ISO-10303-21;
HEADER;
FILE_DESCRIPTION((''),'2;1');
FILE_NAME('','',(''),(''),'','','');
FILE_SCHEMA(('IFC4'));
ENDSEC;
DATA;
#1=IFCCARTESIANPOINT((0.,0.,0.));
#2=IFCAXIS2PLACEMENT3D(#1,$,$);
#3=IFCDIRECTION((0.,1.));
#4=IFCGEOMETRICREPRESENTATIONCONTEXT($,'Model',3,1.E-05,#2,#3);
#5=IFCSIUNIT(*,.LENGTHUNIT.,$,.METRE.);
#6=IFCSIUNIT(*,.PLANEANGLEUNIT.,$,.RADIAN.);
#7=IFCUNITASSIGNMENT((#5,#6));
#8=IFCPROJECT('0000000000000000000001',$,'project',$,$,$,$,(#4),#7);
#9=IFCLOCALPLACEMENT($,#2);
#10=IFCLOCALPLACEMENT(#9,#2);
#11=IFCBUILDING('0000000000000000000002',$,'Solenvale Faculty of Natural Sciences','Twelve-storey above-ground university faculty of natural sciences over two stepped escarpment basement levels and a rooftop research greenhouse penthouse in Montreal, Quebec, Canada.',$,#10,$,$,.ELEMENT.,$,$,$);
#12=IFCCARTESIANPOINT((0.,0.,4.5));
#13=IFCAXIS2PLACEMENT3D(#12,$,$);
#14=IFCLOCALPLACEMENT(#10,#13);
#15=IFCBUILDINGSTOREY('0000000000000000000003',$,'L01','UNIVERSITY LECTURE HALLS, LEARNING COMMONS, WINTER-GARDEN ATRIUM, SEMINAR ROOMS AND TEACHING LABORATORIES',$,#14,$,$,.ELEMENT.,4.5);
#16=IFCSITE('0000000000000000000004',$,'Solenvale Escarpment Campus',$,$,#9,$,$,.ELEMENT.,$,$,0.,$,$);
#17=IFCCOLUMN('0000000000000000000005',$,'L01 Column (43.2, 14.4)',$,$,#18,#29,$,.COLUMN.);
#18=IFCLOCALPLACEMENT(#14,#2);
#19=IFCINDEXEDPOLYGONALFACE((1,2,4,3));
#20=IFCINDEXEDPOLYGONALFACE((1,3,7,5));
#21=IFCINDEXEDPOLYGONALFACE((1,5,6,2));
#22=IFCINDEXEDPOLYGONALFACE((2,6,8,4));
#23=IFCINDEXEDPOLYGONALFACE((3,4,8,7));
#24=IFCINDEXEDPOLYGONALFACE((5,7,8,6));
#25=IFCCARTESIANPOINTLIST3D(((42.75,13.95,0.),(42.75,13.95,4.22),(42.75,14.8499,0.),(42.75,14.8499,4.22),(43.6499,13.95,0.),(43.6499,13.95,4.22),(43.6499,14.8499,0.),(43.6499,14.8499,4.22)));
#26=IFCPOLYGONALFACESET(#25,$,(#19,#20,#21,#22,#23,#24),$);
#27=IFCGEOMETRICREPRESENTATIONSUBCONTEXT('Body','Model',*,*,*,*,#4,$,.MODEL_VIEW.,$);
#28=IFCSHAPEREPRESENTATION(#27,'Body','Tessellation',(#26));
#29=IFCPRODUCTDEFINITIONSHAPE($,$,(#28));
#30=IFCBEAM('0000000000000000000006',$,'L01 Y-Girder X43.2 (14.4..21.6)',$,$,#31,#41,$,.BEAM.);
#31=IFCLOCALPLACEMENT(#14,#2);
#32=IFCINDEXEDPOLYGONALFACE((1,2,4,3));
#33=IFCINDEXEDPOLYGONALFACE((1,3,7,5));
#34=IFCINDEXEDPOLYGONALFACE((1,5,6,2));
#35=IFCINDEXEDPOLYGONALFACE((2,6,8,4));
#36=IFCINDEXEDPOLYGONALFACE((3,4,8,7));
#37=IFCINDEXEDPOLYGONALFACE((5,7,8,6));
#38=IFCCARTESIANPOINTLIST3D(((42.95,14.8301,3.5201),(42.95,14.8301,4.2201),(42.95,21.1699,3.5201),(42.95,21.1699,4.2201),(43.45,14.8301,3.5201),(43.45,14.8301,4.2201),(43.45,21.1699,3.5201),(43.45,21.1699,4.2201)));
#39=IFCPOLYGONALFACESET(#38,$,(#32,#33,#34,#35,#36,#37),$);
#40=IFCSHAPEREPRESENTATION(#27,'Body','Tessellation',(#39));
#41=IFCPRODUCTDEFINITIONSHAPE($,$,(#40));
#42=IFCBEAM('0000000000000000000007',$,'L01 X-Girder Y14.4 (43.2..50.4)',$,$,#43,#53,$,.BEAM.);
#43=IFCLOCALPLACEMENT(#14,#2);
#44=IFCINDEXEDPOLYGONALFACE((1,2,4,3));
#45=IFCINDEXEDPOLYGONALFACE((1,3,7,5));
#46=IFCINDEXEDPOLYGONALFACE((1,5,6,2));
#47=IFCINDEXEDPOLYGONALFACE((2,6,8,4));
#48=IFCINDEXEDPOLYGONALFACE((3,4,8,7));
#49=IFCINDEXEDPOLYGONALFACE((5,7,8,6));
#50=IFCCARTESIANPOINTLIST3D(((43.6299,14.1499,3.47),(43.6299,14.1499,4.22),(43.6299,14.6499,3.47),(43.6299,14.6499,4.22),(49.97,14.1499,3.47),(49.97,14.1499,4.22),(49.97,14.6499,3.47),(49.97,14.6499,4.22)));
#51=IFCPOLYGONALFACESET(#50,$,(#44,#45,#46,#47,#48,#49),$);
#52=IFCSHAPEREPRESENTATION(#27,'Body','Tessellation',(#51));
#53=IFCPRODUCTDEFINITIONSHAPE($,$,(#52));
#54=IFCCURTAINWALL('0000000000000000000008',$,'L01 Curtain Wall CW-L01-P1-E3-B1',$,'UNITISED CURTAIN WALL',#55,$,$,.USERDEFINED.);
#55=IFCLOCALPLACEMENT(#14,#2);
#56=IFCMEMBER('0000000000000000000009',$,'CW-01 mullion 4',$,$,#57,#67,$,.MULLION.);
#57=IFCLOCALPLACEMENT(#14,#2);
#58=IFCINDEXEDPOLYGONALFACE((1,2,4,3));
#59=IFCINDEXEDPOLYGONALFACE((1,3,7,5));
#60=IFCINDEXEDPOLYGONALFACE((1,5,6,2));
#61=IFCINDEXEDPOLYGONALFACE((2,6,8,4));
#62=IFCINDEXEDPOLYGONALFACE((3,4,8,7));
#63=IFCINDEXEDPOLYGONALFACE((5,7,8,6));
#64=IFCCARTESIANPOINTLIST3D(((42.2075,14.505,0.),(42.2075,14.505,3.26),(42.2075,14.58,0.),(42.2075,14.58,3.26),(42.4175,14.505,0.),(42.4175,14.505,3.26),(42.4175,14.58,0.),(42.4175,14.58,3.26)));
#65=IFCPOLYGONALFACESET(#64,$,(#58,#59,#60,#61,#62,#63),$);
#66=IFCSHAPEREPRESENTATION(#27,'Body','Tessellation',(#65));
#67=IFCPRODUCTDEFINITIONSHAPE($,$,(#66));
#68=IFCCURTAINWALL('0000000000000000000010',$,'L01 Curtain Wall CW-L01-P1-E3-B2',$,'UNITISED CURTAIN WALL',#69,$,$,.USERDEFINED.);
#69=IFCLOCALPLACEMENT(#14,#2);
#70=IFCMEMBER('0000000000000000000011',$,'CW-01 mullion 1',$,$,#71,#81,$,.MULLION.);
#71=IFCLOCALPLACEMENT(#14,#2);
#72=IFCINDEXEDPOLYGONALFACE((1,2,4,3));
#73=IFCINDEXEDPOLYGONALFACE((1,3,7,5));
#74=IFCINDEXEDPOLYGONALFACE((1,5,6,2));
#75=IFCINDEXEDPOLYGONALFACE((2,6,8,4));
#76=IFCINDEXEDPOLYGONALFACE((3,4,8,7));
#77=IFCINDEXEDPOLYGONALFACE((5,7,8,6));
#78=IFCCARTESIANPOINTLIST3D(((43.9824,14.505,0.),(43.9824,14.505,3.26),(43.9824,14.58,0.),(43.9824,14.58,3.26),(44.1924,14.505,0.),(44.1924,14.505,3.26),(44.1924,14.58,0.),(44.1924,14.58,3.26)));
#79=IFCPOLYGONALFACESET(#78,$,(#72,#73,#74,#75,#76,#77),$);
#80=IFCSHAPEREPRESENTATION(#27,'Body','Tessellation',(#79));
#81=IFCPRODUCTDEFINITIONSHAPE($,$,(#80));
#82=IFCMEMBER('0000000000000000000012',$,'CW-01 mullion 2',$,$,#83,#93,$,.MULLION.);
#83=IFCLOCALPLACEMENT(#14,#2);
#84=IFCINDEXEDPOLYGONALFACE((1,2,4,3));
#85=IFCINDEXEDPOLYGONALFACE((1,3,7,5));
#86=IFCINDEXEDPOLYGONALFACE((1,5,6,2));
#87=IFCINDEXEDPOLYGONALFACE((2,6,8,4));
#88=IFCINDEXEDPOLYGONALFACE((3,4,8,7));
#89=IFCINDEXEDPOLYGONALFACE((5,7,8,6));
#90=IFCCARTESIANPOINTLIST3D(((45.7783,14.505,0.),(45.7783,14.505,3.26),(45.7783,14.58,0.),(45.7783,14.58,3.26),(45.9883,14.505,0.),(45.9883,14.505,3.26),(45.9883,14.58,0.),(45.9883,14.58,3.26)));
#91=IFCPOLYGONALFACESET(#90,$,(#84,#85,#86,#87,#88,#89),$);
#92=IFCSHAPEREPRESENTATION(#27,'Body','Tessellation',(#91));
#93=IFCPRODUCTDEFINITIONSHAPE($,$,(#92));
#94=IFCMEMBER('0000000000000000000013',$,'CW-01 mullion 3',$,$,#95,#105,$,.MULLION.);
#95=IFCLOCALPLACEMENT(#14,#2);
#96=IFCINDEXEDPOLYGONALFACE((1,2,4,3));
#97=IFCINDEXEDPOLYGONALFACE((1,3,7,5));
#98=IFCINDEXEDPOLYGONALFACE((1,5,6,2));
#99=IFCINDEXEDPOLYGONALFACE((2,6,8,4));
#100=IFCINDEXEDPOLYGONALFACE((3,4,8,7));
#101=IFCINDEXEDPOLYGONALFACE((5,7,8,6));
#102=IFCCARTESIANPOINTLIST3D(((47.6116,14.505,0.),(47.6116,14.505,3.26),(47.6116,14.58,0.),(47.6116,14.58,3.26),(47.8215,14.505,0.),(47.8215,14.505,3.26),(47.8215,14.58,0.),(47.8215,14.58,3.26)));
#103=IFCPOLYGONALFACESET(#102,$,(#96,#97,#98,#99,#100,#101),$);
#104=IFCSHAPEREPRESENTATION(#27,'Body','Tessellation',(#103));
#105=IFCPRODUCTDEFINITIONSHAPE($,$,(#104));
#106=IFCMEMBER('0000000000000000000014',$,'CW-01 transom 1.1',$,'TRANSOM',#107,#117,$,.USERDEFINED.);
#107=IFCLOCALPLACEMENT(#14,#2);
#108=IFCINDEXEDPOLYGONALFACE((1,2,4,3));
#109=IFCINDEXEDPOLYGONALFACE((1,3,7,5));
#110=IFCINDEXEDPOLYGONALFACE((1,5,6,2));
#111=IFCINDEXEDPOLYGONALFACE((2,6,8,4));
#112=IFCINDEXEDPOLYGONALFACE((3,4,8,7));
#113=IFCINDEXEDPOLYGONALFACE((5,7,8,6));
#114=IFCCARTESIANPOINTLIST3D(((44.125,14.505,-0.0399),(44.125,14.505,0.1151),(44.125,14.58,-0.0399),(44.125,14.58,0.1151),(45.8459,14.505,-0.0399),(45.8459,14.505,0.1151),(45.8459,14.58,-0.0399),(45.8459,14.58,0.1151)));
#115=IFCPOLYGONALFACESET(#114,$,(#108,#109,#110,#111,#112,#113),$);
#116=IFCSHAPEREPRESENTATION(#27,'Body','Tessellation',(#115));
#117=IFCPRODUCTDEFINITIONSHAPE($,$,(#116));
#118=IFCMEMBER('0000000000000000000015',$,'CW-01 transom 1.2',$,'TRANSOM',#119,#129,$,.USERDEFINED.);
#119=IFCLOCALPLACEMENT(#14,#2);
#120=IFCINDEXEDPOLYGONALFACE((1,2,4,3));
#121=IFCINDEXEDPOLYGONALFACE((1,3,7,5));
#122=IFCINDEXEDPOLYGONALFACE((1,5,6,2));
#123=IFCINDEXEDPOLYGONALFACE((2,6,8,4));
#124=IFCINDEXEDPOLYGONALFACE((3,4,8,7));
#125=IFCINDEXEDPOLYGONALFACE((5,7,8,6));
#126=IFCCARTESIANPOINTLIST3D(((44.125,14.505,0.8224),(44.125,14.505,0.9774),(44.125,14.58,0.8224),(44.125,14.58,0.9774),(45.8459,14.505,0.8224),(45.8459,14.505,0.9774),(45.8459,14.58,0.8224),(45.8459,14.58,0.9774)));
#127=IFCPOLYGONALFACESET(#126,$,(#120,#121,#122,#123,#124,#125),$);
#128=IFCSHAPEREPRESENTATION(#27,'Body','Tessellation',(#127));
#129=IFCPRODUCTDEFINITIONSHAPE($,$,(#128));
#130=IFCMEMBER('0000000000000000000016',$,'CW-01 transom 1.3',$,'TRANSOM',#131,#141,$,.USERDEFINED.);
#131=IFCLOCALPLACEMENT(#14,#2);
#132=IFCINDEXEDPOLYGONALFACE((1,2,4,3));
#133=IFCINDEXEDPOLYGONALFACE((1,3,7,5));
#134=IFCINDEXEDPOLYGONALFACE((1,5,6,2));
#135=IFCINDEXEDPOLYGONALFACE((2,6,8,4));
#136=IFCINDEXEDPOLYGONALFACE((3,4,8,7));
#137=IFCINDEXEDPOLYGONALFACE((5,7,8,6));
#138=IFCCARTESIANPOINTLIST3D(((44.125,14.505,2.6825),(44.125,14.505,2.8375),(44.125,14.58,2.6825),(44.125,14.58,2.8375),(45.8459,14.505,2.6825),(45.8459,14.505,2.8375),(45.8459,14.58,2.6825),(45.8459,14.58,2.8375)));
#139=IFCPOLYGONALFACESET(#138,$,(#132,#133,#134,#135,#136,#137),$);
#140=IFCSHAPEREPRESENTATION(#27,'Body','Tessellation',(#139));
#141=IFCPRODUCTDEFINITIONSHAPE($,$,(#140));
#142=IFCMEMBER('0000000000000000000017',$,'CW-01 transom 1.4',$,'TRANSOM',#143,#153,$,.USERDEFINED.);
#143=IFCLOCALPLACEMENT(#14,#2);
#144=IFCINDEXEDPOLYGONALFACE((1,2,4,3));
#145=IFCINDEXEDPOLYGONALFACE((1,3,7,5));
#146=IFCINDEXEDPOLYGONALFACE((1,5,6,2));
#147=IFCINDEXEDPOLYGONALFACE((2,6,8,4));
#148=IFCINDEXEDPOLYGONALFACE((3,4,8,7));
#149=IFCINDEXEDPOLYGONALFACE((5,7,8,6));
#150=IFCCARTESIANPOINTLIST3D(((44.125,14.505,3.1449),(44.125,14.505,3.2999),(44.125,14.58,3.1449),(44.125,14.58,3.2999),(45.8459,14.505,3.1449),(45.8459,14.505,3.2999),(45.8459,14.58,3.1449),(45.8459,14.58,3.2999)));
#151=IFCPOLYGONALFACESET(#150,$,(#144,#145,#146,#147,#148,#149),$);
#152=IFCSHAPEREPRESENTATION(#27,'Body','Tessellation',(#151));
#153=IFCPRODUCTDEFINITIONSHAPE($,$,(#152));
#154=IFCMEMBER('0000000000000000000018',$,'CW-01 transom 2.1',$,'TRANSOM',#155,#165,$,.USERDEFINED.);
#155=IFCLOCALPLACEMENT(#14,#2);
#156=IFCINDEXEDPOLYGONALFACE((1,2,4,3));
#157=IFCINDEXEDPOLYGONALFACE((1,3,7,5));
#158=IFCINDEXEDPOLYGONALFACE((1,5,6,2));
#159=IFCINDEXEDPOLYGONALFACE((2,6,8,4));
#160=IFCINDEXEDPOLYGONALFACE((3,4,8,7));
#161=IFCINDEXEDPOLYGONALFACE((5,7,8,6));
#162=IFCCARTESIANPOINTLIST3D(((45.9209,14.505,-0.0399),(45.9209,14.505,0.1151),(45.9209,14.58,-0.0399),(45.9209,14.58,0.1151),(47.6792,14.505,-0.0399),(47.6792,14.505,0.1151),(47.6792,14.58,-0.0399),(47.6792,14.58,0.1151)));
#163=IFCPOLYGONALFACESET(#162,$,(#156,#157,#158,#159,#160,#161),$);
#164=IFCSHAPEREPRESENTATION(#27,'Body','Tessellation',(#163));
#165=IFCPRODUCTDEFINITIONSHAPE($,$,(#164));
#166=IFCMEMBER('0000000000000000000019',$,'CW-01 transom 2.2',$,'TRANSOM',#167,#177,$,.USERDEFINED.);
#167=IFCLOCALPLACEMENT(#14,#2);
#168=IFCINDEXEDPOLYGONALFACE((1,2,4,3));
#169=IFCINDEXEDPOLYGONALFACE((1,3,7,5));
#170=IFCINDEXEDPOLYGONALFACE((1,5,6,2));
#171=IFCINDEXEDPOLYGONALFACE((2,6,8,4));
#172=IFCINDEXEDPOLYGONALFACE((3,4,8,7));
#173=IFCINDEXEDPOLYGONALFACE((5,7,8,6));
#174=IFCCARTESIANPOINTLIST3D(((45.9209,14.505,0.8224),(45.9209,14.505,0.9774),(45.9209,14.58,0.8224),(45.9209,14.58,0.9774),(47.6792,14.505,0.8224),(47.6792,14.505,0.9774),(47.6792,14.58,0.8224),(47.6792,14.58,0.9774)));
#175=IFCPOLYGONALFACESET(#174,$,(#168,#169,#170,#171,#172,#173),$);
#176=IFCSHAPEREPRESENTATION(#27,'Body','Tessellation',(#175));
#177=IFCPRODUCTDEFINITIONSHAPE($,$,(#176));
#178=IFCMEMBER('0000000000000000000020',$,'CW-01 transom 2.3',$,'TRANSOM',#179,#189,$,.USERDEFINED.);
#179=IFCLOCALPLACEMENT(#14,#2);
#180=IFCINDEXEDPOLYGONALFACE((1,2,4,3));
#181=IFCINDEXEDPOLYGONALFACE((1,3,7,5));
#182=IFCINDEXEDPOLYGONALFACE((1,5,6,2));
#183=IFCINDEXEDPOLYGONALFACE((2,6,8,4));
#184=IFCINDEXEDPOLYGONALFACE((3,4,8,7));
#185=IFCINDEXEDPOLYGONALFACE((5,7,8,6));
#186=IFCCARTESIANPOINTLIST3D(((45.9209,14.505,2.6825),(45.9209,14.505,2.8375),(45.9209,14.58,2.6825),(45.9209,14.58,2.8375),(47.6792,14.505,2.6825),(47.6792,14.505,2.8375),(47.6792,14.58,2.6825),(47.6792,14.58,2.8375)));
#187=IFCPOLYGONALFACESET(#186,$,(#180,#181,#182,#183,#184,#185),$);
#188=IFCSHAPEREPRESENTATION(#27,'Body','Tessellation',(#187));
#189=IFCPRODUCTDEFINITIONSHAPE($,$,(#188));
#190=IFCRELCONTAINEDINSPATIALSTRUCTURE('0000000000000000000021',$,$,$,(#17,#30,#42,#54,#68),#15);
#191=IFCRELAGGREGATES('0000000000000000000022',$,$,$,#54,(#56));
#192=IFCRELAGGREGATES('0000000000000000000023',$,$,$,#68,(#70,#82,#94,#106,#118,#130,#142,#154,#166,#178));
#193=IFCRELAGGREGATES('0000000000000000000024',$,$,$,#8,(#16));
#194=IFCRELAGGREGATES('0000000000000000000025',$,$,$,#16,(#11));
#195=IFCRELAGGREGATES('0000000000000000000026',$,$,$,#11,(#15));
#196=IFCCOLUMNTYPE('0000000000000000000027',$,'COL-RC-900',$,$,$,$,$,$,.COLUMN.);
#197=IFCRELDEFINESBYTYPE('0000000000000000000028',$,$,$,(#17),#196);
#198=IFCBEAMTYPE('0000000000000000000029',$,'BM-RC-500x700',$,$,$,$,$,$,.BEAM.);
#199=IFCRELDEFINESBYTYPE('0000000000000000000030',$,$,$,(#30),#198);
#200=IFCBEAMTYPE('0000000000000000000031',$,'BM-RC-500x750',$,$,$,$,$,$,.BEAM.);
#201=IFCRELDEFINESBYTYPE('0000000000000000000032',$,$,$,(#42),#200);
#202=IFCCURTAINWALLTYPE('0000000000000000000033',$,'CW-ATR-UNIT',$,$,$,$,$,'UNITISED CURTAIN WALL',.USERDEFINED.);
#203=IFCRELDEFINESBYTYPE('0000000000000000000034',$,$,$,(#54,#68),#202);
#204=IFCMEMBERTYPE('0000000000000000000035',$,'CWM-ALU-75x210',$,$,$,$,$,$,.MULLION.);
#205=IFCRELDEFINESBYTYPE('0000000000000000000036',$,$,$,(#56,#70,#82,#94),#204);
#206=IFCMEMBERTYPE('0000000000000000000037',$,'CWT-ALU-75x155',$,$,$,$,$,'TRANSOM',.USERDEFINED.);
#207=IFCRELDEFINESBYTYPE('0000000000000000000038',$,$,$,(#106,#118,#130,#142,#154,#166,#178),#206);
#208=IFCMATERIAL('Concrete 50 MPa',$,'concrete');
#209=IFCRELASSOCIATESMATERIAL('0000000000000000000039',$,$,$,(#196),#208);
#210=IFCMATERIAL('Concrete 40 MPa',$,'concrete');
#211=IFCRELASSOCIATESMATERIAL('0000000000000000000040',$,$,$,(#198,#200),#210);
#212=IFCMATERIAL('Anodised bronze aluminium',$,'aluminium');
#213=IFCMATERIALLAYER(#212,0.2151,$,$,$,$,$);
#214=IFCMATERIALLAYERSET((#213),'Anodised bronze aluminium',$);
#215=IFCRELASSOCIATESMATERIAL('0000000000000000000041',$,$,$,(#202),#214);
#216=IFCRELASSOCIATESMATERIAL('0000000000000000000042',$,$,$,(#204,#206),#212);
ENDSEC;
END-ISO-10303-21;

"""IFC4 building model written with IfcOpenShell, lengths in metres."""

from ifc_helpers import new_model, si_unit, direction, frame, origin, origin_2d, place, context, subcontext, project, spatial, rectangle, extrude, material, layer, layer_set, material_profile, profile_set, type_object, element, aggregate, save


model = new_model("IFC4")

# Units and contexts
model_context = context("Model", 3, precision=1e-05, world=origin(), true_north=direction((0.0, 1.0)))
body_context = subcontext(model_context, "Body", "Model", "MODEL_VIEW")
ifc_project = project(units=[si_unit("LENGTHUNIT", "METRE"), si_unit("PLANEANGLEUNIT", "RADIAN")], contexts=[model_context])

# Site, building, storey
site_placement = place(None, origin())
site = spatial("IfcSite", under=ifc_project, at=site_placement, Name="Solenvale Escarpment Campus", CompositionType="ELEMENT", RefElevation=0.0)
building_placement = place(site_placement, origin())
building = spatial("IfcBuilding", under=site, at=building_placement, Name="Solenvale Faculty of Natural Sciences", Description="Twelve-storey above-ground university faculty of natural sciences over two stepped escarpment basement levels and a rooftop research greenhouse penthouse in Montreal, Quebec, Canada.", CompositionType="ELEMENT")
storey_placement = place(building_placement, frame((0.0, 0.0, 4.5)))
storey = spatial("IfcBuildingStorey", under=building, at=storey_placement, Name="L01", Description="UNIVERSITY LECTURE HALLS, LEARNING COMMONS, WINTER-GARDEN ATRIUM, SEMINAR ROOMS AND TEACHING LABORATORIES", CompositionType="ELEMENT", Elevation=4.5)

# Column
ifc_material_1 = material(Name="Concrete 50 MPa", Category="concrete")
ifc_material_profile_1 = material_profile(ifc_material_1, rectangle(XDim=0.8999, YDim=0.8999, at=origin_2d()), Name="RC-COL-900x900")
ifc_profile_set_1 = profile_set([ifc_material_profile_1], Name="Concrete 50 MPa")
column_type = type_object("IfcColumnType", Name="COL-RC-900", PredefinedType="COLUMN", material=ifc_profile_set_1)
column_placement = place(storey_placement, frame((43.2, 14.3999, 0.0), z_axis=(0.0, 0.0, 1.0), x_axis=(1.0, 0.0, 0.0)))
element("IfcColumn", 1, at=column_placement, inside=storey, type_object=column_type, Name="L01 Column (43.2, 14.4)", PredefinedType="COLUMN", context=body_context, shape_type="SweptSolid", body=[
    extrude(rectangle(XDim=0.8999, YDim=0.8999, at=origin_2d()), origin(), (0.0, 0.0, 1.0), 4.22),
])

# Beams
ifc_material_2 = material(Name="Concrete 40 MPa", Category="concrete")
ifc_material_profile_2 = material_profile(ifc_material_2, rectangle(XDim=0.5, YDim=0.7, at=origin_2d()), Name="RC-BM-500x700")
ifc_profile_set_2 = profile_set([ifc_material_profile_2], Name="Concrete 40 MPa")
beam_type_1 = type_object("IfcBeamType", Name="BM-RC-500x700", PredefinedType="BEAM", material=ifc_profile_set_2)
beam_1_placement = place(storey_placement, frame((43.2, 14.8301, 3.8701), z_axis=(0.0, 1.0, 0.0), x_axis=(-1.0, 0.0, 0.0)))
element("IfcBeam", 2, at=beam_1_placement, inside=storey, type_object=beam_type_1, Name="L01 Y-Girder X43.2 (14.4..21.6)", PredefinedType="BEAM", context=body_context, shape_type="SweptSolid", body=[
    extrude(rectangle(XDim=0.5, YDim=0.7, at=origin_2d()), origin(), (0.0, 0.0, 1.0), 6.3398),
])
ifc_material_profile_3 = material_profile(ifc_material_2, rectangle(XDim=0.5, YDim=0.75, at=origin_2d()), Name="RC-BM-500x750")
ifc_profile_set_3 = profile_set([ifc_material_profile_3], Name="Concrete 40 MPa")
beam_type_2 = type_object("IfcBeamType", Name="BM-RC-500x750", PredefinedType="BEAM", material=ifc_profile_set_3)
beam_2_placement = place(storey_placement, frame((43.6299, 14.3999, 3.845), z_axis=(1.0, 0.0, 0.0), x_axis=(0.0, 1.0, 0.0)))
element("IfcBeam", 3, at=beam_2_placement, inside=storey, type_object=beam_type_2, Name="L01 X-Girder Y14.4 (43.2..50.4)", PredefinedType="BEAM", context=body_context, shape_type="SweptSolid", body=[
    extrude(rectangle(XDim=0.5, YDim=0.75, at=origin_2d()), origin(), (0.0, 0.0, 1.0), 6.3401),
])

# Curtain wall, member
ifc_material_3 = material(Name="Anodised bronze aluminium", Category="aluminium")
ifc_layer_1 = layer(ifc_material_3, 0.2151)
ifc_layer_set_1 = layer_set([ifc_layer_1], Name="Anodised bronze aluminium")
curtain_wall_type = type_object("IfcCurtainWallType", Name="CW-ATR-UNIT", ElementType="UNITISED CURTAIN WALL", PredefinedType="USERDEFINED", material=ifc_layer_set_1)
curtain_wall_1_placement = place(storey_placement, origin())
curtain_wall_1 = element("IfcCurtainWall", 4, at=curtain_wall_1_placement, inside=storey, type_object=curtain_wall_type, Name="L01 Curtain Wall CW-L01-P1-E3-B1", ObjectType="UNITISED CURTAIN WALL", PredefinedType="USERDEFINED")
ifc_material_profile_4 = material_profile(ifc_material_3, rectangle(XDim=0.075, YDim=0.21, at=origin_2d()), Name="ALU-MUL-75x210")
ifc_profile_set_4 = profile_set([ifc_material_profile_4], Name="Anodised bronze aluminium")
member_type_1 = type_object("IfcMemberType", Name="CWM-ALU-75x210", PredefinedType="MULLION", material=ifc_profile_set_4)
member_1_placement = place(storey_placement, frame((42.3125, 14.5425, 0.0), z_axis=(0.0, 0.0, 1.0), x_axis=(0.0, 1.0, 0.0)))
member_1 = element("IfcMember", 5, at=member_1_placement, type_object=member_type_1, Name="CW-01 mullion 4", PredefinedType="MULLION", context=body_context, shape_type="SweptSolid", body=[
    extrude(rectangle(XDim=0.075, YDim=0.21, at=origin_2d()), origin(), (0.0, 0.0, 1.0), 3.26),
])

# Curtain wall, members
curtain_wall_2_placement = place(storey_placement, origin())
curtain_wall_2 = element("IfcCurtainWall", 6, at=curtain_wall_2_placement, inside=storey, type_object=curtain_wall_type, Name="L01 Curtain Wall CW-L01-P1-E3-B2", ObjectType="UNITISED CURTAIN WALL", PredefinedType="USERDEFINED")
member_2_placement = place(storey_placement, frame((44.0874, 14.5425, 0.0), z_axis=(0.0, 0.0, 1.0), x_axis=(0.0, 1.0, 0.0)))
member_2 = element("IfcMember", 7, at=member_2_placement, type_object=member_type_1, Name="CW-01 mullion 1", PredefinedType="MULLION", context=body_context, shape_type="SweptSolid", body=[
    extrude(rectangle(XDim=0.075, YDim=0.21, at=origin_2d()), origin(), (0.0, 0.0, 1.0), 3.26),
])
member_3_placement = place(storey_placement, frame((45.8833, 14.5425, 0.0), z_axis=(0.0, 0.0, 1.0), x_axis=(0.0, 1.0, 0.0)))
member_3 = element("IfcMember", 8, at=member_3_placement, type_object=member_type_1, Name="CW-01 mullion 2", PredefinedType="MULLION", context=body_context, shape_type="SweptSolid", body=[
    extrude(rectangle(XDim=0.075, YDim=0.21, at=origin_2d()), origin(), (0.0, 0.0, 1.0), 3.26),
])
member_4_placement = place(storey_placement, frame((47.7166, 14.5425, 0.0), z_axis=(0.0, 0.0, 1.0), x_axis=(0.0, 1.0, 0.0)))
member_4 = element("IfcMember", 9, at=member_4_placement, type_object=member_type_1, Name="CW-01 mullion 3", PredefinedType="MULLION", context=body_context, shape_type="SweptSolid", body=[
    extrude(rectangle(XDim=0.075, YDim=0.21, at=origin_2d()), origin(), (0.0, 0.0, 1.0), 3.26),
])
ifc_material_profile_5 = material_profile(ifc_material_3, rectangle(XDim=0.075, YDim=0.155, at=origin_2d()), Name="ALU-TRN-75x155")
ifc_profile_set_5 = profile_set([ifc_material_profile_5], Name="Anodised bronze aluminium")
member_type_2 = type_object("IfcMemberType", Name="CWT-ALU-75x155", ElementType="TRANSOM", PredefinedType="USERDEFINED", material=ifc_profile_set_5)
member_5_placement = place(storey_placement, frame((44.125, 14.5425, 0.0376), z_axis=(1.0, 0.0, 0.0), x_axis=(0.0, 1.0, 0.0)))
member_5 = element("IfcMember", 10, at=member_5_placement, type_object=member_type_2, Name="CW-01 transom 1.1", ObjectType="TRANSOM", PredefinedType="USERDEFINED", context=body_context, shape_type="SweptSolid", body=[
    extrude(rectangle(XDim=0.075, YDim=0.155, at=origin_2d()), origin(), (0.0, 0.0, 1.0), 1.7209),
])
member_6_placement = place(storey_placement, frame((44.125, 14.5425, 0.8999), z_axis=(1.0, 0.0, 0.0), x_axis=(0.0, 1.0, 0.0)))
member_6 = element("IfcMember", 11, at=member_6_placement, type_object=member_type_2, Name="CW-01 transom 1.2", ObjectType="TRANSOM", PredefinedType="USERDEFINED", context=body_context, shape_type="SweptSolid", body=[
    extrude(rectangle(XDim=0.075, YDim=0.155, at=origin_2d()), origin(), (0.0, 0.0, 1.0), 1.7209),
])
member_7_placement = place(storey_placement, frame((44.125, 14.5425, 2.76), z_axis=(1.0, 0.0, 0.0), x_axis=(0.0, 1.0, 0.0)))
member_7 = element("IfcMember", 12, at=member_7_placement, type_object=member_type_2, Name="CW-01 transom 1.3", ObjectType="TRANSOM", PredefinedType="USERDEFINED", context=body_context, shape_type="SweptSolid", body=[
    extrude(rectangle(XDim=0.075, YDim=0.155, at=origin_2d()), origin(), (0.0, 0.0, 1.0), 1.7209),
])
member_8_placement = place(storey_placement, frame((44.125, 14.5425, 3.2224), z_axis=(1.0, 0.0, 0.0), x_axis=(0.0, 1.0, 0.0)))
member_8 = element("IfcMember", 13, at=member_8_placement, type_object=member_type_2, Name="CW-01 transom 1.4", ObjectType="TRANSOM", PredefinedType="USERDEFINED", context=body_context, shape_type="SweptSolid", body=[
    extrude(rectangle(XDim=0.075, YDim=0.155, at=origin_2d()), origin(), (0.0, 0.0, 1.0), 1.7209),
])
member_9_placement = place(storey_placement, frame((45.9209, 14.5425, 0.0376), z_axis=(1.0, 0.0, 0.0), x_axis=(0.0, 1.0, 0.0)))
member_9 = element("IfcMember", 14, at=member_9_placement, type_object=member_type_2, Name="CW-01 transom 2.1", ObjectType="TRANSOM", PredefinedType="USERDEFINED", context=body_context, shape_type="SweptSolid", body=[
    extrude(rectangle(XDim=0.075, YDim=0.155, at=origin_2d()), origin(), (0.0, 0.0, 1.0), 1.7583),
])
member_10_placement = place(storey_placement, frame((45.9209, 14.5425, 0.8999), z_axis=(1.0, 0.0, 0.0), x_axis=(0.0, 1.0, 0.0)))
member_10 = element("IfcMember", 15, at=member_10_placement, type_object=member_type_2, Name="CW-01 transom 2.2", ObjectType="TRANSOM", PredefinedType="USERDEFINED", context=body_context, shape_type="SweptSolid", body=[
    extrude(rectangle(XDim=0.075, YDim=0.155, at=origin_2d()), origin(), (0.0, 0.0, 1.0), 1.7583),
])
member_11_placement = place(storey_placement, frame((45.9209, 14.5425, 2.76), z_axis=(1.0, 0.0, 0.0), x_axis=(0.0, 1.0, 0.0)))
member_11 = element("IfcMember", 16, at=member_11_placement, type_object=member_type_2, Name="CW-01 transom 2.3", ObjectType="TRANSOM", PredefinedType="USERDEFINED", context=body_context, shape_type="SweptSolid", body=[
    extrude(rectangle(XDim=0.075, YDim=0.155, at=origin_2d()), origin(), (0.0, 0.0, 1.0), 1.7583),
])

aggregate(curtain_wall_1, [member_1])
aggregate(curtain_wall_2, [member_2, member_3, member_4, member_5, member_6, member_7, member_8, member_9, member_10, member_11])

save(model, "model.ifc")
